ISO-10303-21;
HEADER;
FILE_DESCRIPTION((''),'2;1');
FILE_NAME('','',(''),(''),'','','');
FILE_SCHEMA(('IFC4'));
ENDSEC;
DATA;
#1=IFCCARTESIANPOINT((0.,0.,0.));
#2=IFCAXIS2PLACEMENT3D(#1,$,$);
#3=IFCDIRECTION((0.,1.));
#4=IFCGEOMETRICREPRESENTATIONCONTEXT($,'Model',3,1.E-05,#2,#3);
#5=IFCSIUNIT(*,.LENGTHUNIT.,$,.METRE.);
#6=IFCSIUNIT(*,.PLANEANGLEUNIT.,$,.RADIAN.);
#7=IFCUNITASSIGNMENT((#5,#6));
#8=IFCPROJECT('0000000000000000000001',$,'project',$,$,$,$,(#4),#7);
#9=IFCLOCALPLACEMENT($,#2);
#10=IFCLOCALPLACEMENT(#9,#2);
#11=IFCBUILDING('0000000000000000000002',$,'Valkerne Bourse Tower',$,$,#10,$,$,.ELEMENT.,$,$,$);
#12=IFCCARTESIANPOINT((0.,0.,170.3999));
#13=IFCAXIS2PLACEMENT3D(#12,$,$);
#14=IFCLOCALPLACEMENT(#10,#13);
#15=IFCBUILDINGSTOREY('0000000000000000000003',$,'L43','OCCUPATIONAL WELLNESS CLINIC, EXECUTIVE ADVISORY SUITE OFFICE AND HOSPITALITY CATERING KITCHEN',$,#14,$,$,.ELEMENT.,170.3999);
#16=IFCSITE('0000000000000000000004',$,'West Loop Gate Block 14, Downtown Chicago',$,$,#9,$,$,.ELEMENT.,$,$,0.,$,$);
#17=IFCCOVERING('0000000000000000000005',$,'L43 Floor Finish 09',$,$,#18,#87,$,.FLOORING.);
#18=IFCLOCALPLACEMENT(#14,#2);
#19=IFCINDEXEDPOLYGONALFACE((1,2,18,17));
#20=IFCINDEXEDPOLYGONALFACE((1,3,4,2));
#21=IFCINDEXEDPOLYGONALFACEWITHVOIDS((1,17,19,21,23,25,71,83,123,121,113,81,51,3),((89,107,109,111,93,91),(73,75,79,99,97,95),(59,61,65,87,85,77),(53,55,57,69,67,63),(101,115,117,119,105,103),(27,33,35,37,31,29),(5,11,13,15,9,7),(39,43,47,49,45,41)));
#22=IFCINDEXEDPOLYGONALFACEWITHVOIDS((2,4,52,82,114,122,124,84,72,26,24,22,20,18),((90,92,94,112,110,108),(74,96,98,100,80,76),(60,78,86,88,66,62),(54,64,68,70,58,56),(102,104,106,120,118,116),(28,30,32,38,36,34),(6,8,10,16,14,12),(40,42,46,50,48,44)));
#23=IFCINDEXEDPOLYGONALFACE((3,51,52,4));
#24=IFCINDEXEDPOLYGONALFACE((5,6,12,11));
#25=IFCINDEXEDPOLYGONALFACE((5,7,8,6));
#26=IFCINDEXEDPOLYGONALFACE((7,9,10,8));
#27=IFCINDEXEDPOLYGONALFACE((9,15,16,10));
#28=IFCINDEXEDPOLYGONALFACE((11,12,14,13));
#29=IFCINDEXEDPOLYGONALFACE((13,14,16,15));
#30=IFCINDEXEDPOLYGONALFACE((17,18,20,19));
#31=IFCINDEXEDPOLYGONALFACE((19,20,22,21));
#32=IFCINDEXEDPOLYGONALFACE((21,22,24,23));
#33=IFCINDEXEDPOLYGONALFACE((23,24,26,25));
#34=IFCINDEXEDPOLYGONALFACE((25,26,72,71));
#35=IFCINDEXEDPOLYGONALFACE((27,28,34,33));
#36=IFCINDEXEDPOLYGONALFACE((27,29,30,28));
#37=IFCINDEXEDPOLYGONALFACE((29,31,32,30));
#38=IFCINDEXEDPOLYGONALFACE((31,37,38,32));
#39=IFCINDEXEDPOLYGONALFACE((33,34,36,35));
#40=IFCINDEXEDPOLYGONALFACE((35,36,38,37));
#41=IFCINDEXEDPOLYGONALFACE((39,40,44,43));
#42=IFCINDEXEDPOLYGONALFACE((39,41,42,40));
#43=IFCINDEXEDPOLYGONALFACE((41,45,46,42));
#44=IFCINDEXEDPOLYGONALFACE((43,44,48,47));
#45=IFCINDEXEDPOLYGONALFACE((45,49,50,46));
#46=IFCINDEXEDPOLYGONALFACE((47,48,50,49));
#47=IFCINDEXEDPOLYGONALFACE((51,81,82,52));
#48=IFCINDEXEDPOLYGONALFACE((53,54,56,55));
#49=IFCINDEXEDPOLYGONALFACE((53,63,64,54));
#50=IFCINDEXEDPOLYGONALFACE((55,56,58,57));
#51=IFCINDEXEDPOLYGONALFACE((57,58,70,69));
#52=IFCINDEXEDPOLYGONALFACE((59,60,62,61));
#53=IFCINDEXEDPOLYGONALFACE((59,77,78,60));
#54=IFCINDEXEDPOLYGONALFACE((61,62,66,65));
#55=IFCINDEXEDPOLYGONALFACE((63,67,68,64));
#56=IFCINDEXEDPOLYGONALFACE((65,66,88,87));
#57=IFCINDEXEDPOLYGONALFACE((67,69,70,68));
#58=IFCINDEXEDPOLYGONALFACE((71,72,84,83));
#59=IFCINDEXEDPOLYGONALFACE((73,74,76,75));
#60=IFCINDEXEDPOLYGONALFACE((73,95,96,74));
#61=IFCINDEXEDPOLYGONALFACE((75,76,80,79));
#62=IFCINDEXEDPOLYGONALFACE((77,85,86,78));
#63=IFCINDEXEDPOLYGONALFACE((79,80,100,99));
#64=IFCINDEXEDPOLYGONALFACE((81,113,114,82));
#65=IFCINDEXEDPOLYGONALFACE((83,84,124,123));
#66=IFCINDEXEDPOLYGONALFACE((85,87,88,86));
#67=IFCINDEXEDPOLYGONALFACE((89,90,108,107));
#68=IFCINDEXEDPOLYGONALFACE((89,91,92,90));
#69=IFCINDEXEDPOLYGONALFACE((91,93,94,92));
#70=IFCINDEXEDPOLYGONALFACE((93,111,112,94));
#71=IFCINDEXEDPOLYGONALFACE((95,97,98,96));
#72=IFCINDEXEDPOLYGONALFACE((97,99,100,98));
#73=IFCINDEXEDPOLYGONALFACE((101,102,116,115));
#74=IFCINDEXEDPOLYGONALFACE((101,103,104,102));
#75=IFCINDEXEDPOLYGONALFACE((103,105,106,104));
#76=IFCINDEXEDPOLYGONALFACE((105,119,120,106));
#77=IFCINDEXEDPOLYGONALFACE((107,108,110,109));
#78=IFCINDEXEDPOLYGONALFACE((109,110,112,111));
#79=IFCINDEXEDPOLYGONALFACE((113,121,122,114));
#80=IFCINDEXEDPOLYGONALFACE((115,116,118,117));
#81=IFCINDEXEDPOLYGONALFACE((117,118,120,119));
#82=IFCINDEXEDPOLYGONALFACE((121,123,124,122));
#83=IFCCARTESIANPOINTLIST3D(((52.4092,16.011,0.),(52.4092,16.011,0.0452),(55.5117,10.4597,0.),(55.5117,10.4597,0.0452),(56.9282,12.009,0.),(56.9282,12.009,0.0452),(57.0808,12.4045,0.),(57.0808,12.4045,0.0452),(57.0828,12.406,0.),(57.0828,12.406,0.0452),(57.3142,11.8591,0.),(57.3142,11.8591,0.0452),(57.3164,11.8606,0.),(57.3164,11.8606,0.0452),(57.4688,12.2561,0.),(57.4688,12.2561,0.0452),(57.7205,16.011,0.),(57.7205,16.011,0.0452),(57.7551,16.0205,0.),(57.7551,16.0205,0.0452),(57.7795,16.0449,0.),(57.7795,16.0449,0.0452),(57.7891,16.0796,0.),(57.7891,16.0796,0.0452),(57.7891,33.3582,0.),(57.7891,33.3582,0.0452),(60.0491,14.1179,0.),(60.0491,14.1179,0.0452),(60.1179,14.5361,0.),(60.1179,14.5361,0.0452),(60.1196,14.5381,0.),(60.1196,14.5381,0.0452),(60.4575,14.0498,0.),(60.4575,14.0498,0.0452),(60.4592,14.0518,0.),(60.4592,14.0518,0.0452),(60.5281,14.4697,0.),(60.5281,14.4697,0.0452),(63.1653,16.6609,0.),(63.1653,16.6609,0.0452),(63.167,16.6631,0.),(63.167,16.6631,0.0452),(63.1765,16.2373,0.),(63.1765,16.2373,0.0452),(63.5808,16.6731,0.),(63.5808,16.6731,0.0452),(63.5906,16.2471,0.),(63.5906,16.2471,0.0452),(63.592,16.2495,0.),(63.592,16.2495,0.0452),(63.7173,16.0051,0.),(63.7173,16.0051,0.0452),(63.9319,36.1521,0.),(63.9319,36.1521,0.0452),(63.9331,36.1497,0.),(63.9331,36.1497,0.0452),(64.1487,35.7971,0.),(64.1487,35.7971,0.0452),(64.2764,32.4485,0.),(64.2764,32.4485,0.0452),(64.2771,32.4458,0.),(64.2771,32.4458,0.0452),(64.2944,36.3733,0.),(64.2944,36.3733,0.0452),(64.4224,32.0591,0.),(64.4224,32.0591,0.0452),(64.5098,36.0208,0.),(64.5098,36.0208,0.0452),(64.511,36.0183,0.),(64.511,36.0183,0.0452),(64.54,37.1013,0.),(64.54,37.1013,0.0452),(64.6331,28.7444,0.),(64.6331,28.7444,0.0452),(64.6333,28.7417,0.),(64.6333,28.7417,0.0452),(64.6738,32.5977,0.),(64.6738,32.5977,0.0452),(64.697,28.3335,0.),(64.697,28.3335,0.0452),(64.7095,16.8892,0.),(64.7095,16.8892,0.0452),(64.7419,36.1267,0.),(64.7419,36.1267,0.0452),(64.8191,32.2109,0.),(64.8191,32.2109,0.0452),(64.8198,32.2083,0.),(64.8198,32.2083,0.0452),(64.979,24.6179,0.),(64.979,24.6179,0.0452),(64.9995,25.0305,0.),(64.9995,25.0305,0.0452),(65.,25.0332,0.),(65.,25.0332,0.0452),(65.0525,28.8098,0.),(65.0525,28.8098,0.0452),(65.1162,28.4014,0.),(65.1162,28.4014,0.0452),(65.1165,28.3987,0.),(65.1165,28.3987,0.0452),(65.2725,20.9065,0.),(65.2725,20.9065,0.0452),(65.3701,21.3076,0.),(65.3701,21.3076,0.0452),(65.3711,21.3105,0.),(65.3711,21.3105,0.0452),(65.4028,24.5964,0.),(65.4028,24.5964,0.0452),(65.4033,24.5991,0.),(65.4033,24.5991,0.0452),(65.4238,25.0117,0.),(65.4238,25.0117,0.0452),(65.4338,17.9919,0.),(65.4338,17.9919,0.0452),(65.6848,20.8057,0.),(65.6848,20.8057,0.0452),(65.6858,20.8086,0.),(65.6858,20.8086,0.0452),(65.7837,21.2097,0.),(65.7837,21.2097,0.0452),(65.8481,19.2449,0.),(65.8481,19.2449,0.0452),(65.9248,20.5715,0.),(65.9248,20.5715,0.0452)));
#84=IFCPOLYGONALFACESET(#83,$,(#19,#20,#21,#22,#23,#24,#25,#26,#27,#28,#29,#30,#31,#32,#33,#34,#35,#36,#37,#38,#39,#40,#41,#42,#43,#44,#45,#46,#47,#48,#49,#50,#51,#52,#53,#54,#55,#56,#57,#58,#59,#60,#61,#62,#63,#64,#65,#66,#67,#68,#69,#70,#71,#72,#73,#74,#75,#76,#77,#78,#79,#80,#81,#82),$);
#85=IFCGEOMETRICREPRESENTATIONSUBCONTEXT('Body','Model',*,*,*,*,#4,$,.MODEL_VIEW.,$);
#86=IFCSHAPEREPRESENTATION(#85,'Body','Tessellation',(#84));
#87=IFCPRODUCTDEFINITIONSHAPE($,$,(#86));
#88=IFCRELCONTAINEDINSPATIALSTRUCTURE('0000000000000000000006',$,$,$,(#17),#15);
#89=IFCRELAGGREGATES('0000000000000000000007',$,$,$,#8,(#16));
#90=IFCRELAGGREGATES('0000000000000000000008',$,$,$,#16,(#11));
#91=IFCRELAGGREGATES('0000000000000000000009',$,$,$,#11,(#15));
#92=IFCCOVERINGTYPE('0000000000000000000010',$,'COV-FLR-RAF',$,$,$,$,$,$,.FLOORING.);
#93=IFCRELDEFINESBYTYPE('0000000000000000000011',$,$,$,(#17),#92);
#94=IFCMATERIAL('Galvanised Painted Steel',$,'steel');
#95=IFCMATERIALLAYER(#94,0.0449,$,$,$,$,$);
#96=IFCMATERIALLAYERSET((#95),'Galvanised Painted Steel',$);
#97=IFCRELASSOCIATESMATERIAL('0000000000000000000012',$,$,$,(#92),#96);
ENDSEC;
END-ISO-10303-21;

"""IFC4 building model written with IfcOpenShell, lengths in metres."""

from ifc_helpers import new_model, si_unit, direction, frame, origin, place, context, subcontext, project, spatial, polyline, outline, extrude, material, layer, layer_set, type_object, element, save


model = new_model("IFC4")

# Units and contexts
model_context = context("Model", 3, precision=1e-05, world=origin(), true_north=direction((0.0, 1.0)))
body_context = subcontext(model_context, "Body", "Model", "MODEL_VIEW")
ifc_project = project(units=[si_unit("LENGTHUNIT", "METRE"), si_unit("PLANEANGLEUNIT", "RADIAN")], contexts=[model_context])

# Site, building, storey
site_placement = place(None, origin())
site = spatial("IfcSite", under=ifc_project, at=site_placement, Name="West Loop Gate Block 14, Downtown Chicago", CompositionType="ELEMENT", RefElevation=0.0)
building_placement = place(site_placement, origin())
building = spatial("IfcBuilding", under=site, at=building_placement, Name="Valkerne Bourse Tower", CompositionType="ELEMENT")
storey_placement = place(building_placement, frame((0.0, 0.0, 170.3999)))
storey = spatial("IfcBuildingStorey", under=building, at=storey_placement, Name="L43", Description="OCCUPATIONAL WELLNESS CLINIC, EXECUTIVE ADVISORY SUITE OFFICE AND HOSPITALITY CATERING KITCHEN", CompositionType="ELEMENT", Elevation=170.3999)

# Covering
ifc_material_1 = material(Name="Galvanised Painted Steel", Category="steel")
ifc_layer_1 = layer(ifc_material_1, 0.0449)
ifc_layer_set_1 = layer_set([ifc_layer_1], Name="Galvanised Painted Steel")
covering_type_1 = type_object("IfcCoveringType", Name="COV-FLR-RAF", PredefinedType="FLOORING", material=ifc_layer_set_1)
covering_1_placement = place(storey_placement, origin())
element("IfcCovering", 1, at=covering_1_placement, inside=storey, type_object=covering_type_1, Name="L43 Floor Finish 09", PredefinedType="FLOORING", context=body_context, shape_type="SweptSolid", body=[
    extrude(outline(polyline([(64.7095, 16.8892), (63.7173, 16.0051), (55.5117, 10.4597), (52.4092, 16.011), (57.7205, 16.011), (57.7551, 16.0205), (57.7795, 16.0449), (57.7891, 16.0796), (57.7891, 33.3582), (64.54, 37.1013), (64.7419, 36.1267), (65.9248, 20.5715), (65.8481, 19.2449), (65.4338, 17.9919), (64.7095, 16.8892)]), holes=[polyline([(57.3164, 11.8606), (57.4688, 12.2561), (57.0828, 12.406), (57.0808, 12.4045), (56.9282, 12.009), (57.3142, 11.8591), (57.3164, 11.8606)]), polyline([(60.4592, 14.0518), (60.5281, 14.4697), (60.1196, 14.5381), (60.1179, 14.5361), (60.0491, 14.1179), (60.4575, 14.0498), (60.4592, 14.0518)]), polyline([(63.592, 16.2495), (63.5808, 16.6731), (63.167, 16.6631), (63.1653, 16.6609), (63.1765, 16.2373), (63.5906, 16.2471), (63.592, 16.2495)]), polyline([(65.7837, 21.2097), (65.3711, 21.3105), (65.3701, 21.3076), (65.2725, 20.9065), (65.6848, 20.8057), (65.6858, 20.8086), (65.7837, 21.2097)]), polyline([(65.4238, 25.0117), (65.0, 25.0332), (64.9995, 25.0305), (64.979, 24.6179), (65.4028, 24.5964), (65.4033, 24.5991), (65.4238, 25.0117)]), polyline([(65.1165, 28.3987), (65.1162, 28.4014), (65.0525, 28.8098), (64.6331, 28.7444), (64.6333, 28.7417), (64.697, 28.3335), (65.1165, 28.3987)]), polyline([(64.8198, 32.2083), (64.8191, 32.2109), (64.6738, 32.5977), (64.2764, 32.4485), (64.2771, 32.4458), (64.4224, 32.0591), (64.8198, 32.2083)]), polyline([(64.511, 36.0183), (64.5098, 36.0208), (64.2944, 36.3733), (63.9319, 36.1521), (63.9331, 36.1497), (64.1487, 35.7971), (64.511, 36.0183)])]), origin(), (0.0, 0.0, 1.0), 0.0452),
])

save(model, "model.ifc")
